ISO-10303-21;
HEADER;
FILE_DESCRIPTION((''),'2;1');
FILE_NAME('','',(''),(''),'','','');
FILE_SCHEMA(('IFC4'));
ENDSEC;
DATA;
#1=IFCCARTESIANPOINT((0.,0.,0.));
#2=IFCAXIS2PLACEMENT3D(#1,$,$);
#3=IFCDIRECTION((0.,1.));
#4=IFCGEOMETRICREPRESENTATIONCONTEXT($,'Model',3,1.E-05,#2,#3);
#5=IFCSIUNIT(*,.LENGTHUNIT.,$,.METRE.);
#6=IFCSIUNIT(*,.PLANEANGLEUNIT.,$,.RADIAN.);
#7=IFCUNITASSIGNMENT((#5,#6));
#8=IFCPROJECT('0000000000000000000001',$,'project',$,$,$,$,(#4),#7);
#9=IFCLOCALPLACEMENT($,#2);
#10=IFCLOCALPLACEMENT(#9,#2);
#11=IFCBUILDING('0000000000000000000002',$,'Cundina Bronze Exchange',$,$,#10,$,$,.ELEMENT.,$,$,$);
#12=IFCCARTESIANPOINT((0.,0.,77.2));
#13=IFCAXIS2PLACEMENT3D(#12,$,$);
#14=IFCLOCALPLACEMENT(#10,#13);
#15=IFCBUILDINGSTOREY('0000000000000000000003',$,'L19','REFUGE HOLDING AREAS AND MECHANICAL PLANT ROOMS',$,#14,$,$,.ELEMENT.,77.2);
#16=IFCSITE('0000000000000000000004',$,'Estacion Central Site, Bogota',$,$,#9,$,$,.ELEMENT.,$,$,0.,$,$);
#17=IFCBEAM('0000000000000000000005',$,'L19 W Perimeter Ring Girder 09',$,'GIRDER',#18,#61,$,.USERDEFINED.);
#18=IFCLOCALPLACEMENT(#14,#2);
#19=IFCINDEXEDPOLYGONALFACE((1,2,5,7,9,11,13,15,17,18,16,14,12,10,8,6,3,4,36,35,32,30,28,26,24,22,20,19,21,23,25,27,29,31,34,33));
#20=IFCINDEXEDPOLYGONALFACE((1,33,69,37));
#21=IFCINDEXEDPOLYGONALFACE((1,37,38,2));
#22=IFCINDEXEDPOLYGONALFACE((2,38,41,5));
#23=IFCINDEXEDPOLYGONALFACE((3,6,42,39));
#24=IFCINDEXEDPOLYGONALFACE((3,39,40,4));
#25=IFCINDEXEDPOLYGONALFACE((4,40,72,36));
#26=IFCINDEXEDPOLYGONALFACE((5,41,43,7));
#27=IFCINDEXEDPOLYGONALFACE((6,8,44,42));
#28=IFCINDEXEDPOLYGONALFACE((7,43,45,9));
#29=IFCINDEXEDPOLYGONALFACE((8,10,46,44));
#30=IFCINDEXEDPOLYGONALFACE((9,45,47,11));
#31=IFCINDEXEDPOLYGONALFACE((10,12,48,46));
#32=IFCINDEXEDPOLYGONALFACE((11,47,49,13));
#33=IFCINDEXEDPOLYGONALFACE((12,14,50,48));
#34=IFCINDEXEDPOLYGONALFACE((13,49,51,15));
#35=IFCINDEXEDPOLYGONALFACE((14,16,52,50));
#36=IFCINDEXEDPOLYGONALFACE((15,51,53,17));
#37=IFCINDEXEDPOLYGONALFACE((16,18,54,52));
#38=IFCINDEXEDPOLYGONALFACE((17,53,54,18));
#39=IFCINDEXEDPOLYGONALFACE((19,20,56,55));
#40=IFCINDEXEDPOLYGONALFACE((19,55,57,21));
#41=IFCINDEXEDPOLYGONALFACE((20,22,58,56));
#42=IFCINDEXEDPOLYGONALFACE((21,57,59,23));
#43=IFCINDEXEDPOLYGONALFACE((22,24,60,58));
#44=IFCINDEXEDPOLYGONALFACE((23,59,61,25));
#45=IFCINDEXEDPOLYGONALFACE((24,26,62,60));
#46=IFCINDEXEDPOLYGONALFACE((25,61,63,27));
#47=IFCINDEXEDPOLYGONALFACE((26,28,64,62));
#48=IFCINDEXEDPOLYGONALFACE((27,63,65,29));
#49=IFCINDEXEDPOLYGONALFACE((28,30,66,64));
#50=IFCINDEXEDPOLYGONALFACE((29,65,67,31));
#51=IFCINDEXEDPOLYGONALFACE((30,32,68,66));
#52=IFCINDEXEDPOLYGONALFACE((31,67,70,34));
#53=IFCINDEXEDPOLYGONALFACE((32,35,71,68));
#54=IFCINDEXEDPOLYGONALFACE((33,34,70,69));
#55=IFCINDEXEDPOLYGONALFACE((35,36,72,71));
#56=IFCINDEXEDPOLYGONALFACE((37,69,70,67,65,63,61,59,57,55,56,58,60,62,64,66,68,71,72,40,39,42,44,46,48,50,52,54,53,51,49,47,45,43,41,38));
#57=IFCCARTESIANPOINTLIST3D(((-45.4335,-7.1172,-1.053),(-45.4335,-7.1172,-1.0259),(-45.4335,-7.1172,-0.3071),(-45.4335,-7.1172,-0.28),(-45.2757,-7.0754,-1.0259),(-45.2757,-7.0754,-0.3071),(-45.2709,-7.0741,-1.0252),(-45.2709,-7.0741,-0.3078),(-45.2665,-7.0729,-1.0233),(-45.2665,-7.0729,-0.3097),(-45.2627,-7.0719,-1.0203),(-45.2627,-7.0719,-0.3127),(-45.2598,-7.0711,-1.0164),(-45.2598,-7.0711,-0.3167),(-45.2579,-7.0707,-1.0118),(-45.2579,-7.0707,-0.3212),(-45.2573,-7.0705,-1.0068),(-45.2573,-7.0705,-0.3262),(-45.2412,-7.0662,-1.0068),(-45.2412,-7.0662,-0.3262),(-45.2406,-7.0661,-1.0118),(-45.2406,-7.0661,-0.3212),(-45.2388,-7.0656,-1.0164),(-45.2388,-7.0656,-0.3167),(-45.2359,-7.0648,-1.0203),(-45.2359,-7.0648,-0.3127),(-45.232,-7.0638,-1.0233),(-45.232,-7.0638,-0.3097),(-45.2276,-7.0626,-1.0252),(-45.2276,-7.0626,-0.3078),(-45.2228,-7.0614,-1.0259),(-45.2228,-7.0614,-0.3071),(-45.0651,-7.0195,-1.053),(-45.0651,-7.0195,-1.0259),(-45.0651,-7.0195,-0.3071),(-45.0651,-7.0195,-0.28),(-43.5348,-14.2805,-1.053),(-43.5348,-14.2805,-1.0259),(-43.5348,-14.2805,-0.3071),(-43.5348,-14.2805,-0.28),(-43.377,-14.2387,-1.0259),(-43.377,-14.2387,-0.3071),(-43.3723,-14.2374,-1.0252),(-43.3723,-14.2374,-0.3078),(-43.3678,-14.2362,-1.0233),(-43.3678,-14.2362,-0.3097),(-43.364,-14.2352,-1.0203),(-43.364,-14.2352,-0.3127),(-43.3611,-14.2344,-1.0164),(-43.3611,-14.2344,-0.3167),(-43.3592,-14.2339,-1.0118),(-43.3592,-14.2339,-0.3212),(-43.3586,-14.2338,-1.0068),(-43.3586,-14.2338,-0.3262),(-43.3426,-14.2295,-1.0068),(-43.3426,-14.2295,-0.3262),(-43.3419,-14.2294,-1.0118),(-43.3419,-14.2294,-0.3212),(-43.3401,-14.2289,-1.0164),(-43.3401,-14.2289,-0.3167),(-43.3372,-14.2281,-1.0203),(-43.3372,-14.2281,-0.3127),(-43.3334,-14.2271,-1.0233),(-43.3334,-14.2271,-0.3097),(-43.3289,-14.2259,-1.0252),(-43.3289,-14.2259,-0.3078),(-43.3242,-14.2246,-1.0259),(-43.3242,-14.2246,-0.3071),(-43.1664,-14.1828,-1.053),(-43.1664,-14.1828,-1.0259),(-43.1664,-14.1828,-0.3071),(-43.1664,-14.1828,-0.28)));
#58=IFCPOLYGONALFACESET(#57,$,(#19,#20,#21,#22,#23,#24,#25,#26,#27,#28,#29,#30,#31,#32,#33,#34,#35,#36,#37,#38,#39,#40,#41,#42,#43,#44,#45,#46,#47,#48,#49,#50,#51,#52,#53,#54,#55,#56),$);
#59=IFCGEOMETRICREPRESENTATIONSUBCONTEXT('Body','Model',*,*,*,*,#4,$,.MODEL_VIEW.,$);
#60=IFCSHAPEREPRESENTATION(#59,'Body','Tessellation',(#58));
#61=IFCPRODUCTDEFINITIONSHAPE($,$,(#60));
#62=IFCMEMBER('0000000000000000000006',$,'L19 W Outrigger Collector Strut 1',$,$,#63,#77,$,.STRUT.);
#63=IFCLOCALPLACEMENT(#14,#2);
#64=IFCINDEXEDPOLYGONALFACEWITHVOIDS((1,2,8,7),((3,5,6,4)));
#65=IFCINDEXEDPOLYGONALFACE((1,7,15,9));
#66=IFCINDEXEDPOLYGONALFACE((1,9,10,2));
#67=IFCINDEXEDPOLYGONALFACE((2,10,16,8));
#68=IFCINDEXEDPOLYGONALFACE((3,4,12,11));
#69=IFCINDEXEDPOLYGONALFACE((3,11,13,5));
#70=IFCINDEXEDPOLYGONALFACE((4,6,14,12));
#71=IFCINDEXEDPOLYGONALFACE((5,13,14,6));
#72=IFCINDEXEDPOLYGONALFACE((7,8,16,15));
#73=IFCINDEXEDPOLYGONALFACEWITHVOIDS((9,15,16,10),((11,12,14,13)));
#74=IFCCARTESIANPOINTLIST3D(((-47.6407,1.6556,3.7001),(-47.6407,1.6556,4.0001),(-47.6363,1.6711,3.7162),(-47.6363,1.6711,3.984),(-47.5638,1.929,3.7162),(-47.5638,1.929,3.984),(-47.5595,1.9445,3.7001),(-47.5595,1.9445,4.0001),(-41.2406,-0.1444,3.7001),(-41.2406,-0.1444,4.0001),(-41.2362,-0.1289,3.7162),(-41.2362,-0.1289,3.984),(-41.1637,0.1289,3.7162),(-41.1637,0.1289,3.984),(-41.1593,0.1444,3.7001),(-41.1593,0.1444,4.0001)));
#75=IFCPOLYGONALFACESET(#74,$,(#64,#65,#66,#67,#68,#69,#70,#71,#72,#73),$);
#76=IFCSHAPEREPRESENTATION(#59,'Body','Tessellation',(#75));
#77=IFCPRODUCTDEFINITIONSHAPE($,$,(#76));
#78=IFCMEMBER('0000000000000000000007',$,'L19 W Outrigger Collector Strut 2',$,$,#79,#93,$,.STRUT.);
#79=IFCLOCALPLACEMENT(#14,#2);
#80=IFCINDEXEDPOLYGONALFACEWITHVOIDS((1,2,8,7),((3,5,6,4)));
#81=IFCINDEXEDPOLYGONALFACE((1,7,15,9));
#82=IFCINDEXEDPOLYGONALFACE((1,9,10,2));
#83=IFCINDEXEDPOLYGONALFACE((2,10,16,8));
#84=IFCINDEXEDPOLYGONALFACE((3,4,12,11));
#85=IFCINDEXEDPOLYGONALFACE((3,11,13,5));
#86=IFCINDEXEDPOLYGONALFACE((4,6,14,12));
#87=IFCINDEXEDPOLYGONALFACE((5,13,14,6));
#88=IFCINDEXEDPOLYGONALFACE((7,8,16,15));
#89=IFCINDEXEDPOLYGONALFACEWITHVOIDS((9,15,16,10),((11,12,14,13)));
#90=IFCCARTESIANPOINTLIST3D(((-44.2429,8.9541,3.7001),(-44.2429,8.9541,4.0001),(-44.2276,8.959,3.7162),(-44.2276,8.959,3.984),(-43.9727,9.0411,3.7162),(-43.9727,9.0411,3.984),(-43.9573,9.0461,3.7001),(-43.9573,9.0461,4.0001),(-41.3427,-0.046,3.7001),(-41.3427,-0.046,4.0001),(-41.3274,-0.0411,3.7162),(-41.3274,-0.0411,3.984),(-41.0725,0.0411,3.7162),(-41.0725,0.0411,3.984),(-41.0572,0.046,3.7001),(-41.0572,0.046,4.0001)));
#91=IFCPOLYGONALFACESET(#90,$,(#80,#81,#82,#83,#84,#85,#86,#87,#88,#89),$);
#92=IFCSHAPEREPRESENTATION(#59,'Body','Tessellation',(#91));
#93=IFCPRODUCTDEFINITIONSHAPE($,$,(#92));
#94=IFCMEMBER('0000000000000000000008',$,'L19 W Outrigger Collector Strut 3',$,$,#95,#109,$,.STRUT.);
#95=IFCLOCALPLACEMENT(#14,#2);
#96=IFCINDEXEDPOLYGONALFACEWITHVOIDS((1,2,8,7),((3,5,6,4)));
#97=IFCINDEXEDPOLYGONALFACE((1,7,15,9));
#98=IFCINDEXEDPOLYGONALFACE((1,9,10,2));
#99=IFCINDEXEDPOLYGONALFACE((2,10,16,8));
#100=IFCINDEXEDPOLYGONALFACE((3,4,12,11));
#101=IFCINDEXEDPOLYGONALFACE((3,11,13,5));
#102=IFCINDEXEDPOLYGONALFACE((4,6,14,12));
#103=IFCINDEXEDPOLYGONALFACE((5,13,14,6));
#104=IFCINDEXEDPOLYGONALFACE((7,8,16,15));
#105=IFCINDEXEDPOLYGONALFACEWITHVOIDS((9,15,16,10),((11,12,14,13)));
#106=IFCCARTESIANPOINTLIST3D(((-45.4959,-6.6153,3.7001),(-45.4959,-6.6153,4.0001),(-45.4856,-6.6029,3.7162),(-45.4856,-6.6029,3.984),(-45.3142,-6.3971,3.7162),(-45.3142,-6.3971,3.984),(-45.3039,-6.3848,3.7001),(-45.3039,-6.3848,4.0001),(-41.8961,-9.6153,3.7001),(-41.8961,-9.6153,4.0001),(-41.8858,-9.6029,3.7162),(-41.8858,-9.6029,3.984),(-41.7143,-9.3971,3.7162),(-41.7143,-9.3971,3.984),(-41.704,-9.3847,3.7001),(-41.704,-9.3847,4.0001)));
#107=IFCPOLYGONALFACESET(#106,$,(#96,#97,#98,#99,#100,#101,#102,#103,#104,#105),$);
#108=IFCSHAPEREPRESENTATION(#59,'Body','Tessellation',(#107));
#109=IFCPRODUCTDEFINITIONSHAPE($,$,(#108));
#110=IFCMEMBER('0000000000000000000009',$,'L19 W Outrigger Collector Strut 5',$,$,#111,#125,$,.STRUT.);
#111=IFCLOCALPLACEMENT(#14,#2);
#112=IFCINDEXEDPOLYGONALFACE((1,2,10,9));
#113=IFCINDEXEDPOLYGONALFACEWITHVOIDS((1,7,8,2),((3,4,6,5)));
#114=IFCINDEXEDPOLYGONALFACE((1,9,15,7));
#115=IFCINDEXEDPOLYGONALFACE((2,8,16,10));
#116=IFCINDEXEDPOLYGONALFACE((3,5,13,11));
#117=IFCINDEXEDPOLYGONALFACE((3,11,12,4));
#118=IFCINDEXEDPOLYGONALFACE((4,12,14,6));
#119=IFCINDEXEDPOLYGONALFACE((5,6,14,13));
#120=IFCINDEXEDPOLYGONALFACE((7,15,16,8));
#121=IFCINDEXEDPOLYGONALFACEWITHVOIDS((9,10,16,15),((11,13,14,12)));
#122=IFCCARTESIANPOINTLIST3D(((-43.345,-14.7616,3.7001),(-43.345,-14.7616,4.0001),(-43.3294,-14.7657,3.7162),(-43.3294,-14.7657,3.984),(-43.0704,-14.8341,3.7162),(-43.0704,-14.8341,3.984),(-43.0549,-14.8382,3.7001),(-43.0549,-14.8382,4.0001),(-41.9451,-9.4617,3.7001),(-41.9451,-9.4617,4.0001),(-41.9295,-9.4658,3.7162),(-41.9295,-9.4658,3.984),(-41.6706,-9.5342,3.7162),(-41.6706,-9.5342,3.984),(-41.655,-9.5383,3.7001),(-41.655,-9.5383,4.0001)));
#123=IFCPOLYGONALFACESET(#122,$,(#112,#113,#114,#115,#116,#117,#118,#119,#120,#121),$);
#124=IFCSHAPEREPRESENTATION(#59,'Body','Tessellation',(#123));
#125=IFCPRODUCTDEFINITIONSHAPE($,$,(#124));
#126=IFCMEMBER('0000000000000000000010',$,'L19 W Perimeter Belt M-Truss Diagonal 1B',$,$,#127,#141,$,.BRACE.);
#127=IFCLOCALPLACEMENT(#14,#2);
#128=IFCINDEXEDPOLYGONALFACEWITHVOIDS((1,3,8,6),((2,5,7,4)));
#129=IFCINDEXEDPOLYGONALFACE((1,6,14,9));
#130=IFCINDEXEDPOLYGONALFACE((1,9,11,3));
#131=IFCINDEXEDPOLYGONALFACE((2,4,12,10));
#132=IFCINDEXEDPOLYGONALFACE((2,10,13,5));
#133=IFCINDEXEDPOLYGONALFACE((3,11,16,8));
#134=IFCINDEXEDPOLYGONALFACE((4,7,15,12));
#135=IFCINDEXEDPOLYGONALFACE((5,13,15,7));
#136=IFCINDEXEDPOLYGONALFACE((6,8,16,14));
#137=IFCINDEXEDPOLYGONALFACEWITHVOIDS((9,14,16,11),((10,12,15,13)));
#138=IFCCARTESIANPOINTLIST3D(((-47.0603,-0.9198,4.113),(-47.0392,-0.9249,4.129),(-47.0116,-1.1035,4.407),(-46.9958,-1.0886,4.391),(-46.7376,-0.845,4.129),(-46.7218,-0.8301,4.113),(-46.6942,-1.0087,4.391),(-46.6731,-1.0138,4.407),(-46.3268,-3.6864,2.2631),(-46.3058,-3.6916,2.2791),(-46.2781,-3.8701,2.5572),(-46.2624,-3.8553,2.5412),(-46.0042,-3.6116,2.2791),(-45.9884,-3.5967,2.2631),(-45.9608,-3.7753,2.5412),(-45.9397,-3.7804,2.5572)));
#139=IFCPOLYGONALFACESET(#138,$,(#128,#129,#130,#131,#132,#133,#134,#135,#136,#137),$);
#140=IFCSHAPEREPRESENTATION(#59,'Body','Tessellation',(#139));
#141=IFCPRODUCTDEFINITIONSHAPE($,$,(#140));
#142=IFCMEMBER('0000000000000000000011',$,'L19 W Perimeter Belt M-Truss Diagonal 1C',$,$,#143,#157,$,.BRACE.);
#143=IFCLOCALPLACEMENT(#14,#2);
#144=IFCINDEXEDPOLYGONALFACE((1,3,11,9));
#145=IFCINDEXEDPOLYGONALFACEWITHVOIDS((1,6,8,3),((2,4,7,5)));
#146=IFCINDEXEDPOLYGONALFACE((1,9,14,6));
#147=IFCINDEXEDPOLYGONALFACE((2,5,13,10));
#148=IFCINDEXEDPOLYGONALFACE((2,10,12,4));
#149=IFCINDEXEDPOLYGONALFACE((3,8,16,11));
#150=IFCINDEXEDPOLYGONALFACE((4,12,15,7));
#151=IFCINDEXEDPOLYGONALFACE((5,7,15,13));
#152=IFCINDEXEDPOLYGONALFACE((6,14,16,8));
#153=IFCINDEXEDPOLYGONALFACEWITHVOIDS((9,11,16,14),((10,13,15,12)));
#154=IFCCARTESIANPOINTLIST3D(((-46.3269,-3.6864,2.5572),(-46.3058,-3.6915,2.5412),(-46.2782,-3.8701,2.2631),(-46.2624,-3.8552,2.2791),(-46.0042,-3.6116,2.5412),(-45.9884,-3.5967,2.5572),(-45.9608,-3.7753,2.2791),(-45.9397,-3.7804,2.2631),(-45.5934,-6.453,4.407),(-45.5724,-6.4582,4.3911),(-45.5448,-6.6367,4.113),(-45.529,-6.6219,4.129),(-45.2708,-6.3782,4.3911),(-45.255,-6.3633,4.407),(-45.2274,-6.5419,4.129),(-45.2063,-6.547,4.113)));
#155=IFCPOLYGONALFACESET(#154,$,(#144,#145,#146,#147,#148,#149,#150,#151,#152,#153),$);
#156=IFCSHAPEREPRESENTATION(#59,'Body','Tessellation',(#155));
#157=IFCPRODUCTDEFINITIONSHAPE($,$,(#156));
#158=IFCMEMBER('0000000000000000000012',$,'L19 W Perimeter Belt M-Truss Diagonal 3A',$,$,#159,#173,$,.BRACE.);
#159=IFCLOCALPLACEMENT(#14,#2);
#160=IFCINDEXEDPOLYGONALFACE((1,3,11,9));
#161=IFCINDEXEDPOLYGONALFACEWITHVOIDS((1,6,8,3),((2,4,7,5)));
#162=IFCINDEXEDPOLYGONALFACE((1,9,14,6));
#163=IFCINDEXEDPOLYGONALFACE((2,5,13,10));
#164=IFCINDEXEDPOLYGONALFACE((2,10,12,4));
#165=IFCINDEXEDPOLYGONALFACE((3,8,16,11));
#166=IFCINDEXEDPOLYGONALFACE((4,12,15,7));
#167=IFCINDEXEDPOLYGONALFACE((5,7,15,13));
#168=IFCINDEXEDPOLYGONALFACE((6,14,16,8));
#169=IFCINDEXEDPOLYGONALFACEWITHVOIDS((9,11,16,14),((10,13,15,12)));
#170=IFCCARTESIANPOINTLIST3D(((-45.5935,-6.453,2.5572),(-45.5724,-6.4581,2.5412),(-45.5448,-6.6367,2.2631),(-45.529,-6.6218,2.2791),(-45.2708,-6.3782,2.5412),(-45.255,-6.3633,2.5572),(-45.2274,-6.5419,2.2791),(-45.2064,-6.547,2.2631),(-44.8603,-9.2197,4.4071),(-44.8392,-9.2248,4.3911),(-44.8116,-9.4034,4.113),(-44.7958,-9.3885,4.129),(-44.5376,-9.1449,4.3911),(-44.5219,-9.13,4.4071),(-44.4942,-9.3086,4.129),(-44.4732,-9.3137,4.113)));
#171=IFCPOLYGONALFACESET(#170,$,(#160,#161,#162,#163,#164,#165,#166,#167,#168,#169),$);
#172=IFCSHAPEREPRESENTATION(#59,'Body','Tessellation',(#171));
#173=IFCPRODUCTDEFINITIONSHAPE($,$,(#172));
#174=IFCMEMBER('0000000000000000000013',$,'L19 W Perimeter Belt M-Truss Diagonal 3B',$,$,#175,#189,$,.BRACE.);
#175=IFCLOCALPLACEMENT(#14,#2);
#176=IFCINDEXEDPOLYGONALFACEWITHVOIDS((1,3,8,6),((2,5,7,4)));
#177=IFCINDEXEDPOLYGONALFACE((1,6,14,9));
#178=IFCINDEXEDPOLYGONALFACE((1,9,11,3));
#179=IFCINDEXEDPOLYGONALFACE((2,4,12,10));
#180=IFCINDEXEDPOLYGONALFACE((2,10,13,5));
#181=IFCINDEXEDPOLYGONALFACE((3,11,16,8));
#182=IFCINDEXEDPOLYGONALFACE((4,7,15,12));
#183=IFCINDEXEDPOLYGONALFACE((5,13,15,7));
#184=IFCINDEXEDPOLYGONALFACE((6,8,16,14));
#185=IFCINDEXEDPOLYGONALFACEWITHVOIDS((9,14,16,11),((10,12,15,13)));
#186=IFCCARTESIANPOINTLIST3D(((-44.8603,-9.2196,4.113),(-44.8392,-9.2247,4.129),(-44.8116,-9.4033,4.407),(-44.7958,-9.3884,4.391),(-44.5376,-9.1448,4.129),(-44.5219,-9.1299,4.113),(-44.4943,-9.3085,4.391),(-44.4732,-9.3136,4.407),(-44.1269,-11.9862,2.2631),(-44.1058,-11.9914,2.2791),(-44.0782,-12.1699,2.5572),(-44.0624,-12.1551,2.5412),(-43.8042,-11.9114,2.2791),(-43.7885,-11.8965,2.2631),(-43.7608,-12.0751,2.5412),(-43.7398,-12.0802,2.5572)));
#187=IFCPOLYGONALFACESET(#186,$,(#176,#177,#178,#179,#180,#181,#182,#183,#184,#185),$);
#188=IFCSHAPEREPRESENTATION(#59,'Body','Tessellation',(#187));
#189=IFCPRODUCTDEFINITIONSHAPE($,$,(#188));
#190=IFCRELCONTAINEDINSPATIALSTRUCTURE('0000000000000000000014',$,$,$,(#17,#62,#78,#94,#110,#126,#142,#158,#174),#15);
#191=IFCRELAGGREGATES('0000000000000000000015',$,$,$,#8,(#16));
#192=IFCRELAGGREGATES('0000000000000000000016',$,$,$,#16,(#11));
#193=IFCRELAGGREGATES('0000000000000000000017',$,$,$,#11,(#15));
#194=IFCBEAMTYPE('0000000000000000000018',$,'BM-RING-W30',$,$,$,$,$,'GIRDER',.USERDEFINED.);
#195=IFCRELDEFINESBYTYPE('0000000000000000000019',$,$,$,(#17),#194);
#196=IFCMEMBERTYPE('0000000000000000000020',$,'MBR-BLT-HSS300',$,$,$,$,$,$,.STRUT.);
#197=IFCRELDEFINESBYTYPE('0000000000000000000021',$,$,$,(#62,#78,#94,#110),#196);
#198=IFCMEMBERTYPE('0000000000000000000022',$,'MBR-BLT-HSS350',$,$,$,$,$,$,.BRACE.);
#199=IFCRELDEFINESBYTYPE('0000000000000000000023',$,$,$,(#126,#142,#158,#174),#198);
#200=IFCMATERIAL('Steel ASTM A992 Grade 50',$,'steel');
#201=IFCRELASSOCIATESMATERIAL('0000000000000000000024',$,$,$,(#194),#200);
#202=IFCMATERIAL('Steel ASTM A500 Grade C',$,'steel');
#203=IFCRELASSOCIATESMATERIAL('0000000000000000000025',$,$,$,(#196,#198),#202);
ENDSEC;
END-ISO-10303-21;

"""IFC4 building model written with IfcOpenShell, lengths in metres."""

from ifc_helpers import new_model, si_unit, direction, frame, origin, origin_2d, place, context, subcontext, project, spatial, hollow_rectangle, i_section, extrude, material, material_profile, profile_set, type_object, element, save


model = new_model("IFC4")

# Units and contexts
model_context = context("Model", 3, precision=1e-05, world=origin(), true_north=direction((0.0, 1.0)))
body_context = subcontext(model_context, "Body", "Model", "MODEL_VIEW")
ifc_project = project(units=[si_unit("LENGTHUNIT", "METRE"), si_unit("PLANEANGLEUNIT", "RADIAN")], contexts=[model_context])

# Site, building, storey
site_placement = place(None, origin())
site = spatial("IfcSite", under=ifc_project, at=site_placement, Name="Estacion Central Site, Bogota", CompositionType="ELEMENT", RefElevation=0.0)
building_placement = place(site_placement, origin())
building = spatial("IfcBuilding", under=site, at=building_placement, Name="Cundina Bronze Exchange", CompositionType="ELEMENT")
storey_placement = place(building_placement, frame((0.0, 0.0, 77.2)))
storey = spatial("IfcBuildingStorey", under=building, at=storey_placement, Name="L19", Description="REFUGE HOLDING AREAS AND MECHANICAL PLANT ROOMS", CompositionType="ELEMENT", Elevation=77.2)

# Beam
ifc_material_1 = material(Name="Steel ASTM A992 Grade 50", Category="steel")
ifc_material_profile_1 = material_profile(ifc_material_1, i_section(OverallWidth=0.3811, OverallDepth=0.7729, WebThickness=0.0166, FlangeThickness=0.0271, FilletRadius=0.019, at=origin_2d()), Name="W30X173", Category="steel")
ifc_profile_set_1 = profile_set([ifc_material_profile_1], Name="Steel ASTM A992 Grade 50")
beam_type_1 = type_object("IfcBeamType", Name="BM-RING-W30", ElementType="GIRDER", PredefinedType="USERDEFINED", material=ifc_profile_set_1)
beam_1_placement = place(storey_placement, frame((-45.2493, -7.0684, -0.6665), z_axis=(0.256209, -0.966622, 0.0), x_axis=(0.966622, 0.256209, 0.0)))
element("IfcBeam", 1, at=beam_1_placement, inside=storey, type_object=beam_type_1, Name="L19 W Perimeter Ring Girder 09", ObjectType="GIRDER", PredefinedType="USERDEFINED", context=body_context, shape_type="SweptSolid", body=[
    extrude(i_section(OverallWidth=0.3811, OverallDepth=0.7729, WebThickness=0.0166, FlangeThickness=0.0271, FilletRadius=0.019, at=origin_2d()), origin(), (0.0, 0.0, 1.0), 7.4106),
])

# Members
ifc_material_2 = material(Name="Steel ASTM A500 Grade C", Category="steel")
ifc_material_profile_2 = material_profile(ifc_material_2, hollow_rectangle(XDim=0.3, YDim=0.3, WallThickness=0.0161, at=origin_2d()), Name="HSS300X300X16", Category="steel")
ifc_profile_set_2 = profile_set([ifc_material_profile_2], Name="Steel ASTM A500 Grade C")
member_type_1 = type_object("IfcMemberType", Name="MBR-BLT-HSS300", PredefinedType="STRUT", material=ifc_profile_set_2)
member_1_placement = place(storey_placement, frame((-41.2, 0.0, 3.8501), z_axis=(-0.962651, 0.270747, 0.0), x_axis=(-0.270747, -0.962651, 0.0)))
element("IfcMember", 2, at=member_1_placement, inside=storey, type_object=member_type_1, Name="L19 W Outrigger Collector Strut 1", PredefinedType="STRUT", context=body_context, shape_type="SweptSolid", body=[
    extrude(hollow_rectangle(XDim=0.3, YDim=0.3, WallThickness=0.0161, at=origin_2d()), origin(), (0.0, 0.0, 1.0), 6.6484),
])
member_2_placement = place(storey_placement, frame((-41.2, 0.0, 3.8501), z_axis=(-0.306708, 0.951804, 0.0), x_axis=(-0.951804, -0.306708, 0.0)))
element("IfcMember", 3, at=member_2_placement, inside=storey, type_object=member_type_1, Name="L19 W Outrigger Collector Strut 2", PredefinedType="STRUT", context=body_context, shape_type="SweptSolid", body=[
    extrude(hollow_rectangle(XDim=0.3, YDim=0.3, WallThickness=0.0161, at=origin_2d()), origin(), (0.0, 0.0, 1.0), 9.4558),
])
member_3_placement = place(storey_placement, frame((-41.8, -9.5, 3.8501), z_axis=(-0.768208, 0.6402, 0.0), x_axis=(-0.6402, -0.768208, 0.0)))
element("IfcMember", 4, at=member_3_placement, inside=storey, type_object=member_type_1, Name="L19 W Outrigger Collector Strut 3", PredefinedType="STRUT", context=body_context, shape_type="SweptSolid", body=[
    extrude(hollow_rectangle(XDim=0.3, YDim=0.3, WallThickness=0.0161, at=origin_2d()), origin(), (0.0, 0.0, 1.0), 4.686),
])
member_4_placement = place(storey_placement, frame((-41.8, -9.5, 3.8501), z_axis=(-0.255372, -0.966843, 0.0), x_axis=(0.966843, -0.255372, 0.0)))
element("IfcMember", 5, at=member_4_placement, inside=storey, type_object=member_type_1, Name="L19 W Outrigger Collector Strut 5", PredefinedType="STRUT", context=body_context, shape_type="SweptSolid", body=[
    extrude(hollow_rectangle(XDim=0.3, YDim=0.3, WallThickness=0.0161, at=origin_2d()), origin(), (0.0, 0.0, 1.0), 5.4817),
])
ifc_material_profile_3 = material_profile(ifc_material_2, hollow_rectangle(XDim=0.3501, YDim=0.3501, WallThickness=0.019, at=origin_2d()), Name="HSS350X350X19", Category="steel")
ifc_profile_set_3 = profile_set([ifc_material_profile_3], Name="Steel ASTM A500 Grade C")
member_type_2 = type_object("IfcMemberType", Name="MBR-BLT-HSS350", PredefinedType="BRACE", material=ifc_profile_set_3)
for number, where, z_axis, x_axis, name in (
    (6, (-46.8667, -0.9668, 4.26), (0.215204, -0.811815, -0.54281), (0.966613, 0.25624, 0.0), "L19 W Perimeter Belt M-Truss Diagonal 1B"),
    (7, (-46.1333, -3.7334, 2.4102), (0.215204, -0.811815, 0.54281), (0.966613, 0.25624, 0.0), "L19 W Perimeter Belt M-Truss Diagonal 1C"),
    (8, (-45.3999, -6.5, 2.4102), (0.215136, -0.811828, 0.542819), (0.966634, 0.25616, 0.0), "L19 W Perimeter Belt M-Truss Diagonal 3A"),
    (9, (-44.6667, -9.2666, 4.26), (0.215204, -0.811815, -0.54281), (0.966613, 0.25624, 0.0), "L19 W Perimeter Belt M-Truss Diagonal 3B"),
):
    element("IfcMember", number, at=place(storey_placement, frame(where, z_axis=z_axis, x_axis=x_axis)), inside=storey, type_object=member_type_2, Name=name, PredefinedType="BRACE", context=body_context, shape_type="SweptSolid", body=[
        extrude(hollow_rectangle(XDim=0.3501, YDim=0.3501, WallThickness=0.019, at=origin_2d()), origin(), (0.0, 0.0, 1.0), 3.408),
    ])

save(model, "model.ifc")
